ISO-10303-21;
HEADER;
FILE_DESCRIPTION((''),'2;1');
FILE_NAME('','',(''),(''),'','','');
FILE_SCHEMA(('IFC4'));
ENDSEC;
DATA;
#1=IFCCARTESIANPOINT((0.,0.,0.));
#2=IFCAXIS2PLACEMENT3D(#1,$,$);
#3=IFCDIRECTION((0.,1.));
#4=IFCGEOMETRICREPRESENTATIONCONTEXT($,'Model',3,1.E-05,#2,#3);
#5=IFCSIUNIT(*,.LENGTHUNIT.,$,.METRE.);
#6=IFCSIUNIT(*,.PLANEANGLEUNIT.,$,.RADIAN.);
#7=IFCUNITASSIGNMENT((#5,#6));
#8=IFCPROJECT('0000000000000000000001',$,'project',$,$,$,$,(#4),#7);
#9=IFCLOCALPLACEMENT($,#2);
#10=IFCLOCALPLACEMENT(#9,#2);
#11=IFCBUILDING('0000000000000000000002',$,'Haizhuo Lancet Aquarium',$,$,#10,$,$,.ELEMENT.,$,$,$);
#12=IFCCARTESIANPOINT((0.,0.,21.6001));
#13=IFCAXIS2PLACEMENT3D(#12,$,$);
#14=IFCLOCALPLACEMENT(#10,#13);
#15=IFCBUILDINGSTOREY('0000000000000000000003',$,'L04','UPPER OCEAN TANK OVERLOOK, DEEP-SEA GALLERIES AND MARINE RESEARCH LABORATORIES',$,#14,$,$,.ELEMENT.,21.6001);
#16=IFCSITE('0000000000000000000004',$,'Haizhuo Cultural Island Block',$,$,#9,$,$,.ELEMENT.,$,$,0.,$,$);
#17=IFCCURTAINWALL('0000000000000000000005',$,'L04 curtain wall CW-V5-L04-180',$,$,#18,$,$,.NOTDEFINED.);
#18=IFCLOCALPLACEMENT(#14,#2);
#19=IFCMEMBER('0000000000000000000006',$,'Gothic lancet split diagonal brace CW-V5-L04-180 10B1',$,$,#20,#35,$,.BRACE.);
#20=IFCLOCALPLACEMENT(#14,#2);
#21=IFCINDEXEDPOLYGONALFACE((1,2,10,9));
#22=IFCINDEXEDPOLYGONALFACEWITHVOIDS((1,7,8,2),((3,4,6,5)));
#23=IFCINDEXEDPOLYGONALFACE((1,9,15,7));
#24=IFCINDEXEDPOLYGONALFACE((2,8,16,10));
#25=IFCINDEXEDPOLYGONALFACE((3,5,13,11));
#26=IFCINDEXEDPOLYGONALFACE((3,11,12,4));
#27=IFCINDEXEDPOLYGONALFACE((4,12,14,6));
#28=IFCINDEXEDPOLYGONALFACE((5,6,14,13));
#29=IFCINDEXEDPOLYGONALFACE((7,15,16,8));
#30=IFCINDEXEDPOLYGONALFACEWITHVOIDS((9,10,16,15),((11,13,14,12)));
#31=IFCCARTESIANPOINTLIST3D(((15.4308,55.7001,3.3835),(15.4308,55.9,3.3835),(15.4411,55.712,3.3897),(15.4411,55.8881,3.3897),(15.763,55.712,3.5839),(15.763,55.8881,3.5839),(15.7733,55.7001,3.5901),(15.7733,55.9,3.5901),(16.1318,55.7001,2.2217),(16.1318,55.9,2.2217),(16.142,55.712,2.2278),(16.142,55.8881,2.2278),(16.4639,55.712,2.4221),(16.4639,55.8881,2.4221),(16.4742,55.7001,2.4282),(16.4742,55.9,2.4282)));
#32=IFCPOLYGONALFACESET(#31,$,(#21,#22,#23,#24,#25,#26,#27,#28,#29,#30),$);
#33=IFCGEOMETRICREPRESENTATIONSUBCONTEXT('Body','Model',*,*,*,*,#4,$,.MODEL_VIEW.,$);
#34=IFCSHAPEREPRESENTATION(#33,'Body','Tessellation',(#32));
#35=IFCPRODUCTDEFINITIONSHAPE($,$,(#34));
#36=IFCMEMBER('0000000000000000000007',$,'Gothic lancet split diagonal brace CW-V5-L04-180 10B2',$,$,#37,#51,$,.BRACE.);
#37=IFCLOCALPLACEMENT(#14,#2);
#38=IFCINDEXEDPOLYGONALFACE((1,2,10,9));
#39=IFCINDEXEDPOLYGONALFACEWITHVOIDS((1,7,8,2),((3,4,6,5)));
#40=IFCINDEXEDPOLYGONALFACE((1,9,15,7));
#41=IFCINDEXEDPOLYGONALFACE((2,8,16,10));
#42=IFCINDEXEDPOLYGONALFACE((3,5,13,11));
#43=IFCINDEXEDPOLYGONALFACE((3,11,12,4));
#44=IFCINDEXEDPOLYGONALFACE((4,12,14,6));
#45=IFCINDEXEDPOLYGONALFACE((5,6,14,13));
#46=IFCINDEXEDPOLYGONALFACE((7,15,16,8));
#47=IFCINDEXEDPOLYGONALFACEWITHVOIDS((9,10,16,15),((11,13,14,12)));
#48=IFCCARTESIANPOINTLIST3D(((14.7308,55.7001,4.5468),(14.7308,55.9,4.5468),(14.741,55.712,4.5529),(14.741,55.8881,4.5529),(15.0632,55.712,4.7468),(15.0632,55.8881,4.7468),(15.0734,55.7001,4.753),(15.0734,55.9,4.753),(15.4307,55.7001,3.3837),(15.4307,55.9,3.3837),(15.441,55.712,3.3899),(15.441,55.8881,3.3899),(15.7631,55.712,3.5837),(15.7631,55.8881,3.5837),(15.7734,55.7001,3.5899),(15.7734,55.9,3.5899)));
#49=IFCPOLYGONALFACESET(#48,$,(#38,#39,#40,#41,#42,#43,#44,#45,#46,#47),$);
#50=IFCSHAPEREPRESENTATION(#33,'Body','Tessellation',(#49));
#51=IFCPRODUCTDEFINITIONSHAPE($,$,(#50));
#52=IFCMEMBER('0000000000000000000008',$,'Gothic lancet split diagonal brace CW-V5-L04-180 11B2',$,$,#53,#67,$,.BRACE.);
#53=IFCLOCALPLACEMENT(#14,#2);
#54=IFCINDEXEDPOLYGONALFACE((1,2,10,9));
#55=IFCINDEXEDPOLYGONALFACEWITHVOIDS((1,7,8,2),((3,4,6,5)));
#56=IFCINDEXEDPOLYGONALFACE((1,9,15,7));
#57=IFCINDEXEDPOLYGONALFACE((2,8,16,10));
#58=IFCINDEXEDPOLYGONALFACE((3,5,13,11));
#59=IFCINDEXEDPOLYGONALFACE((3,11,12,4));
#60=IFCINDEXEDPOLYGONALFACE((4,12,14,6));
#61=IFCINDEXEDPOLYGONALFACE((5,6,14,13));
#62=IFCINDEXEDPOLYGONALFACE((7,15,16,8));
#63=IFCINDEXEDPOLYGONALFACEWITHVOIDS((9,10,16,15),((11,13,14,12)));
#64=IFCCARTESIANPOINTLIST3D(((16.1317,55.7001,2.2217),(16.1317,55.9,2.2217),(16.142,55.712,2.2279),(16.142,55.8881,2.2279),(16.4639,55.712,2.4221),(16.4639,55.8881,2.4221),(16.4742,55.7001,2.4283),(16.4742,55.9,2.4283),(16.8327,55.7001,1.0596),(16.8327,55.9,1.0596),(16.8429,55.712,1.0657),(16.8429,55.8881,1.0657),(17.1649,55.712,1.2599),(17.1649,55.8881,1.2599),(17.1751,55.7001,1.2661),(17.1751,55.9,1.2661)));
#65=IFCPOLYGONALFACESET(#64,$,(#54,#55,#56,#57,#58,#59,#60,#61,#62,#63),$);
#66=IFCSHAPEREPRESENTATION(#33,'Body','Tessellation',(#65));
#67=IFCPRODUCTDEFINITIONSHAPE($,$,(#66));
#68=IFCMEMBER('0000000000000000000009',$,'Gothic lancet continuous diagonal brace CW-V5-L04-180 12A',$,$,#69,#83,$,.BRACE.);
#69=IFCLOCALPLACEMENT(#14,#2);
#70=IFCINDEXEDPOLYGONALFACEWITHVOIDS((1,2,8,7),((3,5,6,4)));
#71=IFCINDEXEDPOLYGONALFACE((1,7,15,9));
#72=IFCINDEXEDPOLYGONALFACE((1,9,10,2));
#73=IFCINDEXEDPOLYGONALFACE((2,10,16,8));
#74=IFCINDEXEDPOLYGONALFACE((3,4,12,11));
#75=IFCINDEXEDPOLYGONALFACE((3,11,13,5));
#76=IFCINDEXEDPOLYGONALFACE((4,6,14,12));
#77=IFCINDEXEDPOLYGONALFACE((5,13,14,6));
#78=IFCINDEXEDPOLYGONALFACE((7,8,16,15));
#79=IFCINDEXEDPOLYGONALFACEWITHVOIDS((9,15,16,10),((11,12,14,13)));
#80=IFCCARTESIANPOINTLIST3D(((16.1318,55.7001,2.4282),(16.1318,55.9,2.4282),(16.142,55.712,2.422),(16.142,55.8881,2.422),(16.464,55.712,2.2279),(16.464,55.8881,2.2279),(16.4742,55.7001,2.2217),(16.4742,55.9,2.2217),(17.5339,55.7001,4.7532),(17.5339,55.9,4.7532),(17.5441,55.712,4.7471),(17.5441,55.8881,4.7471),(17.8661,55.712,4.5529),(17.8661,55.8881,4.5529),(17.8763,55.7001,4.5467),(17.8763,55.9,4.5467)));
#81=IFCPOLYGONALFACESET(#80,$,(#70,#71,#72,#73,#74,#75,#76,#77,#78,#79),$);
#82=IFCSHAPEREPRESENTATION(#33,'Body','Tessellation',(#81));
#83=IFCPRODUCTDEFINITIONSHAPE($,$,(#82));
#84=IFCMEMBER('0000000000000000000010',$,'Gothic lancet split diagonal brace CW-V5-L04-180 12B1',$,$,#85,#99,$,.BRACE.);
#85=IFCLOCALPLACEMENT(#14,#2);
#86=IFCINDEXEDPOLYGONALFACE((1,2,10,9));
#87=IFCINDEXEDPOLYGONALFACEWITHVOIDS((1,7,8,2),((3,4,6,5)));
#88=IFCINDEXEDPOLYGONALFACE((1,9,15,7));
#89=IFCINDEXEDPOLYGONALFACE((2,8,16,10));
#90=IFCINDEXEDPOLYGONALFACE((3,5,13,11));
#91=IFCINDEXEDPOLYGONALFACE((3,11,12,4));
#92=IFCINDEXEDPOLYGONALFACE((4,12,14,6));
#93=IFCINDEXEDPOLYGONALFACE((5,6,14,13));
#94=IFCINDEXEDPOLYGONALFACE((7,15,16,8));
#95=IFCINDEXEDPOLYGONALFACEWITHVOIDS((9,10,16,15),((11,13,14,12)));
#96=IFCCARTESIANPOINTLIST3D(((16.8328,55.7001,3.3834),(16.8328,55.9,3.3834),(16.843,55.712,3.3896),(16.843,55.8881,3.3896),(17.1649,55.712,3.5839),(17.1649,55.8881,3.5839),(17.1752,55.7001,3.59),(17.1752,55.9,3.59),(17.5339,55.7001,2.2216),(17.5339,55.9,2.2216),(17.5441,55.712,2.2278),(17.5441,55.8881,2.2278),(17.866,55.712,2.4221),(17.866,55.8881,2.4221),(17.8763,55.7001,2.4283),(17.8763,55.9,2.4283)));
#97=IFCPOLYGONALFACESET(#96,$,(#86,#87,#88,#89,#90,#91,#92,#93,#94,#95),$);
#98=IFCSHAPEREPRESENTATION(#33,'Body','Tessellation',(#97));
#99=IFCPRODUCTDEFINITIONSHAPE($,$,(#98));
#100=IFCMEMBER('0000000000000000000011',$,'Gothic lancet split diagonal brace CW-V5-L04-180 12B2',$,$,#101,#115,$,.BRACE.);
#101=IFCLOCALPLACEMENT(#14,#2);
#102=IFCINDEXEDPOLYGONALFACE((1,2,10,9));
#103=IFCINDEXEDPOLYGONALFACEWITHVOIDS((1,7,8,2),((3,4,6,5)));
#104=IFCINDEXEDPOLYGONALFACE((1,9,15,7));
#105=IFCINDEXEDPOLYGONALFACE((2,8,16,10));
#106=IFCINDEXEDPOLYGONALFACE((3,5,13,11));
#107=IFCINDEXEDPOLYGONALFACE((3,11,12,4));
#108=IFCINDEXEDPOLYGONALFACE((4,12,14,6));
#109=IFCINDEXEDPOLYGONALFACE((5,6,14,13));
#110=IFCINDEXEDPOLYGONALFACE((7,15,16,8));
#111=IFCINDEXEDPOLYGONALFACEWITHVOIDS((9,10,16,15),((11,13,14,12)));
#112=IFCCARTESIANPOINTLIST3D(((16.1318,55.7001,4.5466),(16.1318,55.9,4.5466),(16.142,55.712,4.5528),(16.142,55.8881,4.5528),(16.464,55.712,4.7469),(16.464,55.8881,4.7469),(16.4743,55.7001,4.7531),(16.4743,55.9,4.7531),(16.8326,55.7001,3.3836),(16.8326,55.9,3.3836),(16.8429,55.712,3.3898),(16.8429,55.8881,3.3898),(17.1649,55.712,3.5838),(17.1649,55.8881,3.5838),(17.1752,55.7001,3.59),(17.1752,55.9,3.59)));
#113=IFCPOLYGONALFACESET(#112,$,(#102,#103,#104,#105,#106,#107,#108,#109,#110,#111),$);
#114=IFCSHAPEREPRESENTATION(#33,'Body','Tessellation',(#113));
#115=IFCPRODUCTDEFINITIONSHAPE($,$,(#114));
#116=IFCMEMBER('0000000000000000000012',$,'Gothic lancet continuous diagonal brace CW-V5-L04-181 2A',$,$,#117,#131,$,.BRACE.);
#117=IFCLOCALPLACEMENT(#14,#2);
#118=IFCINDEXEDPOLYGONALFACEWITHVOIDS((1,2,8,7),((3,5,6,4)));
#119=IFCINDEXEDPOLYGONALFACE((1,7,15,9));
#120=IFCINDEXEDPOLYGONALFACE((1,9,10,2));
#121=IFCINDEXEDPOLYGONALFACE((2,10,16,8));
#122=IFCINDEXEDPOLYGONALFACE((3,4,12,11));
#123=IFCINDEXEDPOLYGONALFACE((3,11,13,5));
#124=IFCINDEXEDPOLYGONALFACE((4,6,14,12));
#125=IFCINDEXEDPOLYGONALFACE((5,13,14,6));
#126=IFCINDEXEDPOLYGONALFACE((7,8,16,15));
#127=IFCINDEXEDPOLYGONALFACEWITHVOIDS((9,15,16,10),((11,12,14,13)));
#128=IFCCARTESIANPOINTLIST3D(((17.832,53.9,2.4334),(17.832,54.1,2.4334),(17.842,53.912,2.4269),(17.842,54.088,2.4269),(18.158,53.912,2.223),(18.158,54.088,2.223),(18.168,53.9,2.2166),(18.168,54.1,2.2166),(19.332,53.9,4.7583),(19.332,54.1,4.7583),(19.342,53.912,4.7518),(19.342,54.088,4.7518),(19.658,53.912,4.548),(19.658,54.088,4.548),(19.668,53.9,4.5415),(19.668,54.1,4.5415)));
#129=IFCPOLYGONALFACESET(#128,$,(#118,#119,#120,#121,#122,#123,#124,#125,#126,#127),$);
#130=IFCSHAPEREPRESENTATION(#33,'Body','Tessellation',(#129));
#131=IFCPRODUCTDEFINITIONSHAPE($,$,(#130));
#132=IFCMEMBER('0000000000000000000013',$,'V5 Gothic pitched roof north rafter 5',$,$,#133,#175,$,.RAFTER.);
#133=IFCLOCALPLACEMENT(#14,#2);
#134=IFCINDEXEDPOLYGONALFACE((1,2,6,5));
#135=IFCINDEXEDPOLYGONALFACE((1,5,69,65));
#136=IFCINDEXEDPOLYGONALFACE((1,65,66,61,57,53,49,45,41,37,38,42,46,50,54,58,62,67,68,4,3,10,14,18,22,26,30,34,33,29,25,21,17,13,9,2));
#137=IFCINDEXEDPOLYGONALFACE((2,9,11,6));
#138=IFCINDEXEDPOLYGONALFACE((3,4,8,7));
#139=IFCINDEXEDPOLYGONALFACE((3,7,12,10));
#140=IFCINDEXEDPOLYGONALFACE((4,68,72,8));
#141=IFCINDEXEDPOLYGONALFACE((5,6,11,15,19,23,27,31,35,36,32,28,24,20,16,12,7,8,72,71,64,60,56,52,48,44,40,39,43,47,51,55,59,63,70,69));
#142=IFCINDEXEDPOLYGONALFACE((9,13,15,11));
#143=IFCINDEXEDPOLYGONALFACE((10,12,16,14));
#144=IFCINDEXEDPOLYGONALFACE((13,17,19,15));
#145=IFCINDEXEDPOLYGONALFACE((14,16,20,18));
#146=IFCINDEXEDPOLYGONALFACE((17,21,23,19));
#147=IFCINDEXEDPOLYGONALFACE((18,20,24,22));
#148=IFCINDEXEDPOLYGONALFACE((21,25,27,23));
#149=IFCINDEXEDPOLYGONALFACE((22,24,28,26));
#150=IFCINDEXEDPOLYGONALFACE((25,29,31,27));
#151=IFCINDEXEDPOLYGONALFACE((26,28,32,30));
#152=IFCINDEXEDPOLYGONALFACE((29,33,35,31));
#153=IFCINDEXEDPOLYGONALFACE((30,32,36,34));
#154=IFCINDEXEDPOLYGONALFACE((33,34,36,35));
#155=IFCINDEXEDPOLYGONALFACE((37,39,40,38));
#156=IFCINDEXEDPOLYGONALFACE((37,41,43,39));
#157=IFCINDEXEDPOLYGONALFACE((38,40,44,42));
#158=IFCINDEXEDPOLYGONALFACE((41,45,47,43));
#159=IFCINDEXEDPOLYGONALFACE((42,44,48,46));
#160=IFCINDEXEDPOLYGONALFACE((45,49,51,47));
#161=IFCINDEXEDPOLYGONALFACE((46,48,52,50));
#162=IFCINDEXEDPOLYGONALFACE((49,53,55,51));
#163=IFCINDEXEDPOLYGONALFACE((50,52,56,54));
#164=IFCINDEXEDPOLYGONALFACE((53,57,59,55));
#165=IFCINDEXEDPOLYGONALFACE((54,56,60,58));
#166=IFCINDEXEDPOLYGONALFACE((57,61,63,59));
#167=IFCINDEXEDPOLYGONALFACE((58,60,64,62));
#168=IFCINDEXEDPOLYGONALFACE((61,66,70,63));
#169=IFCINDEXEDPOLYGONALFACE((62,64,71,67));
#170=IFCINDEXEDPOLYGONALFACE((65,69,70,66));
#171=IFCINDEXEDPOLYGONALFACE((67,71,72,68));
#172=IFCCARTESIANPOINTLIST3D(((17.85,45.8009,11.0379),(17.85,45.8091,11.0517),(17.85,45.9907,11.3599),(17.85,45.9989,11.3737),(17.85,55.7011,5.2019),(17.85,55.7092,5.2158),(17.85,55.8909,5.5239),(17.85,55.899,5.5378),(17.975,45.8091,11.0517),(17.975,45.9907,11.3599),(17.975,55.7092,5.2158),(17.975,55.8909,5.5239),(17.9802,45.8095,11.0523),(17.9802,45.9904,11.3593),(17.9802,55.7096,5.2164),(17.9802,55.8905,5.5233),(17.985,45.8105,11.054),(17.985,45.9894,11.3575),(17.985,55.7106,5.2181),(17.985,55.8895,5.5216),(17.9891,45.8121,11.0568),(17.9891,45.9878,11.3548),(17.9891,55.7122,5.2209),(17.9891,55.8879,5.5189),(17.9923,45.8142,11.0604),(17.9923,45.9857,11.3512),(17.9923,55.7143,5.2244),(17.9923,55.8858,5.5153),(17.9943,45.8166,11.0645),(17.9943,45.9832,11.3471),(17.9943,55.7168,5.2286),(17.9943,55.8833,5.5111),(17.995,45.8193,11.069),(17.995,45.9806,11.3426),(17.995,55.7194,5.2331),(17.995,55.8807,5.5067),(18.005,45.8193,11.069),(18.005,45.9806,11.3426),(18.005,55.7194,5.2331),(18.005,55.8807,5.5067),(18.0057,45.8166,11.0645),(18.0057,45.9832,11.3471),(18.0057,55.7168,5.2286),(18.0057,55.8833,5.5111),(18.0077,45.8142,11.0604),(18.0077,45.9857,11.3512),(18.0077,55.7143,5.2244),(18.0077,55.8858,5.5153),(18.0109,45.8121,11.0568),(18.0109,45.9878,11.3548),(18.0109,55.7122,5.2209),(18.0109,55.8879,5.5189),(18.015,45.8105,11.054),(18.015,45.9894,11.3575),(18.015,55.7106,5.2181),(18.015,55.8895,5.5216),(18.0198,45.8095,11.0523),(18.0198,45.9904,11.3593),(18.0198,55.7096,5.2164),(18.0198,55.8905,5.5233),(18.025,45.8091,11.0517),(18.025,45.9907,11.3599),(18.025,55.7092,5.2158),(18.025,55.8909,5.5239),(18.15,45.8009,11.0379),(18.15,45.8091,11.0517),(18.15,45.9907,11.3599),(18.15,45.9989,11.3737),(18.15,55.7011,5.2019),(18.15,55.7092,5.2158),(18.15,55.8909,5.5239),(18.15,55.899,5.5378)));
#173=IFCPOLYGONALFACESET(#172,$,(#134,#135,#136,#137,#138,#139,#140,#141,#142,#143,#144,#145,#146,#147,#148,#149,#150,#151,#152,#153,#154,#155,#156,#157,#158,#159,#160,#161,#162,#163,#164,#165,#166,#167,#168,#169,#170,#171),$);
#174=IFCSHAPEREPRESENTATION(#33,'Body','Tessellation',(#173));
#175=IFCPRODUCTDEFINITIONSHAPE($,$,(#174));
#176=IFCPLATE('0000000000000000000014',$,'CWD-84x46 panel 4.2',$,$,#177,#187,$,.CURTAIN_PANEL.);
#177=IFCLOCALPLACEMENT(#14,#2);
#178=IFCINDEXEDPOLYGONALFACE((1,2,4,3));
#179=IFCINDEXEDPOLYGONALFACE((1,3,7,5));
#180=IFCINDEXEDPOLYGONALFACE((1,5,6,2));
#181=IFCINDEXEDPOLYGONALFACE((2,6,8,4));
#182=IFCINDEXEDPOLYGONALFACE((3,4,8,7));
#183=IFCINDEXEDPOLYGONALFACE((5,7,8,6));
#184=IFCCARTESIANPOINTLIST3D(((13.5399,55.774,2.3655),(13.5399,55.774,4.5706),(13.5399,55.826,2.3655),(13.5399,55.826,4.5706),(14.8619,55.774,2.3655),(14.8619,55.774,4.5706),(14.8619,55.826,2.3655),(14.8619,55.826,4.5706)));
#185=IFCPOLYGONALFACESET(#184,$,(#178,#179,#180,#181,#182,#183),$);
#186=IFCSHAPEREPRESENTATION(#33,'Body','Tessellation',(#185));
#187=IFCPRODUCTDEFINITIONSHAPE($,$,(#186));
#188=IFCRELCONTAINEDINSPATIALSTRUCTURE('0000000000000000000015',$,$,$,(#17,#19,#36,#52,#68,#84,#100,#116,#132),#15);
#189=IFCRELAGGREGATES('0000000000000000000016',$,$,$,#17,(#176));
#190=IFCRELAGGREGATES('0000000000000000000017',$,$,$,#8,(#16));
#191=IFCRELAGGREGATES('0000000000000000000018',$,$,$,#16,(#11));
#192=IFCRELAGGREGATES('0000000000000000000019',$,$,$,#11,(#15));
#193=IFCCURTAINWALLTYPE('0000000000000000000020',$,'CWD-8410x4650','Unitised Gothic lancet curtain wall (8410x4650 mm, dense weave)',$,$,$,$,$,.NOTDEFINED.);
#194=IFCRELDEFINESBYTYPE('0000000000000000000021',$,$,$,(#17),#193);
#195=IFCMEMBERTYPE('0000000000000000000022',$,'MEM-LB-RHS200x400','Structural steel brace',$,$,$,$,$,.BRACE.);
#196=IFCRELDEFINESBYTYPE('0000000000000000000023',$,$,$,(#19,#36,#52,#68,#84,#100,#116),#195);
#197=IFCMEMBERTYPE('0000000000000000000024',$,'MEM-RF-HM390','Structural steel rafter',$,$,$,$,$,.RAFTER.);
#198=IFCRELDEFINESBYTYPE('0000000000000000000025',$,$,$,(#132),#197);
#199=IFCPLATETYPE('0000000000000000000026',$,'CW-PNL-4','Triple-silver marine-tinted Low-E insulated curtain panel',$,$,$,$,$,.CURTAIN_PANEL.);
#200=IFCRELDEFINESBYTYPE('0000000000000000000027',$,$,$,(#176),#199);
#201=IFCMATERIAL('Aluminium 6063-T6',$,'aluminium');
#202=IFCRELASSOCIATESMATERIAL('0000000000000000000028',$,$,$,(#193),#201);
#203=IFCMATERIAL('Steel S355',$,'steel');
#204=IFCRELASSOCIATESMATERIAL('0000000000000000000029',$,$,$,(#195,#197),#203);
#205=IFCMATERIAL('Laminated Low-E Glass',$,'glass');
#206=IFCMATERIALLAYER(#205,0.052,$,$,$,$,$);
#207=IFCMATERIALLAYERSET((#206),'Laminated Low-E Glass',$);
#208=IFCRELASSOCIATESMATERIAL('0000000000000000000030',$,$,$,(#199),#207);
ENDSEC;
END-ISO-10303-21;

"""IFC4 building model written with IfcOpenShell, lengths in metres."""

from ifc_helpers import new_model, si_unit, direction, frame, origin, origin_2d, place, context, subcontext, project, spatial, rectangle, hollow_rectangle, i_section, extrude, material, layer, layer_set, material_profile, profile_set, type_object, element, aggregate, save


model = new_model("IFC4")

# Units and contexts
model_context = context("Model", 3, precision=1e-05, world=origin(), true_north=direction((0.0, 1.0)))
body_context = subcontext(model_context, "Body", "Model", "MODEL_VIEW")
ifc_project = project(units=[si_unit("LENGTHUNIT", "METRE"), si_unit("PLANEANGLEUNIT", "RADIAN")], contexts=[model_context])

# Site, building, storey
site_placement = place(None, origin())
site = spatial("IfcSite", under=ifc_project, at=site_placement, Name="Haizhuo Cultural Island Block", CompositionType="ELEMENT", RefElevation=0.0)
building_placement = place(site_placement, origin())
building = spatial("IfcBuilding", under=site, at=building_placement, Name="Haizhuo Lancet Aquarium", CompositionType="ELEMENT")
storey_placement = place(building_placement, frame((0.0, 0.0, 21.6001)))
storey = spatial("IfcBuildingStorey", under=building, at=storey_placement, Name="L04", Description="UPPER OCEAN TANK OVERLOOK, DEEP-SEA GALLERIES AND MARINE RESEARCH LABORATORIES", CompositionType="ELEMENT", Elevation=21.6001)

# Curtain wall
ifc_material_1 = material(Name="Aluminium 6063-T6", Category="aluminium")
curtain_wall_type = type_object("IfcCurtainWallType", Name="CWD-8410x4650", Description="Unitised Gothic lancet curtain wall (8410x4650 mm, dense weave)", PredefinedType="NOTDEFINED", material=ifc_material_1)
curtain_wall_placement = place(storey_placement, origin())
curtain_wall = element("IfcCurtainWall", 1, at=curtain_wall_placement, inside=storey, type_object=curtain_wall_type, Name="L04 curtain wall CW-V5-L04-180", PredefinedType="NOTDEFINED")

# Members
ifc_material_2 = material(Name="Steel S355", Category="steel")
ifc_material_profile_1 = material_profile(ifc_material_2, hollow_rectangle(XDim=0.2, YDim=0.3999, WallThickness=0.012, at=origin_2d()), Name="RHS 200x400x12")
ifc_profile_set_1 = profile_set([ifc_material_profile_1], Name="Steel S355")
member_type_1 = type_object("IfcMemberType", Name="MEM-LB-RHS200x400", Description="Structural steel brace", PredefinedType="BRACE", material=ifc_profile_set_1)
member_1_placement = place(storey_placement, frame((16.303, 55.8, 2.325), z_axis=(-0.516558, 0.0, 0.856252), x_axis=(0.0, -1.0, 0.0)))
element("IfcMember", 2, at=member_1_placement, inside=storey, type_object=member_type_1, Name="Gothic lancet split diagonal brace CW-V5-L04-180 10B1", PredefinedType="BRACE", context=body_context, shape_type="SweptSolid", body=[
    extrude(hollow_rectangle(XDim=0.2, YDim=0.3999, WallThickness=0.012, at=origin_2d()), origin(), (0.0, 0.0, 1.0), 1.3569),
])
member_2_placement = place(storey_placement, frame((15.6021, 55.8, 3.4868), z_axis=(-0.515633, 0.0, 0.85681), x_axis=(0.0, -1.0, 0.0)))
element("IfcMember", 3, at=member_2_placement, inside=storey, type_object=member_type_1, Name="Gothic lancet split diagonal brace CW-V5-L04-180 10B2", PredefinedType="BRACE", context=body_context, shape_type="SweptSolid", body=[
    extrude(hollow_rectangle(XDim=0.2, YDim=0.3999, WallThickness=0.012, at=origin_2d()), origin(), (0.0, 0.0, 1.0), 1.3574),
])
member_3_placement = place(storey_placement, frame((17.0039, 55.8, 1.1628), z_axis=(-0.516479, 0.0, 0.8563), x_axis=(0.0, -1.0, 0.0)))
element("IfcMember", 4, at=member_3_placement, inside=storey, type_object=member_type_1, Name="Gothic lancet split diagonal brace CW-V5-L04-180 11B2", PredefinedType="BRACE", context=body_context, shape_type="SweptSolid", body=[
    extrude(hollow_rectangle(XDim=0.2, YDim=0.3999, WallThickness=0.012, at=origin_2d()), origin(), (0.0, 0.0, 1.0), 1.3572),
])
member_4_placement = place(storey_placement, frame((16.303, 55.8, 2.325), z_axis=(0.516425, 0.0, 0.856332), x_axis=(0.0, 1.0, 0.0)))
element("IfcMember", 5, at=member_4_placement, inside=storey, type_object=member_type_1, Name="Gothic lancet continuous diagonal brace CW-V5-L04-180 12A", PredefinedType="BRACE", context=body_context, shape_type="SweptSolid", body=[
    extrude(hollow_rectangle(XDim=0.2, YDim=0.3999, WallThickness=0.012, at=origin_2d()), origin(), (0.0, 0.0, 1.0), 2.7151),
])
member_5_placement = place(storey_placement, frame((17.7051, 55.8, 2.325), z_axis=(-0.51669, 0.0, 0.856173), x_axis=(0.0, -1.0, 0.0)))
element("IfcMember", 6, at=member_5_placement, inside=storey, type_object=member_type_1, Name="Gothic lancet split diagonal brace CW-V5-L04-180 12B1", PredefinedType="BRACE", context=body_context, shape_type="SweptSolid", body=[
    extrude(hollow_rectangle(XDim=0.2, YDim=0.3999, WallThickness=0.012, at=origin_2d()), origin(), (0.0, 0.0, 1.0), 1.3569),
])
member_6_placement = place(storey_placement, frame((17.0039, 55.8, 3.4868), z_axis=(-0.51616, 0.0, 0.856492), x_axis=(0.0, -1.0, 0.0)))
element("IfcMember", 7, at=member_6_placement, inside=storey, type_object=member_type_1, Name="Gothic lancet split diagonal brace CW-V5-L04-180 12B2", PredefinedType="BRACE", context=body_context, shape_type="SweptSolid", body=[
    extrude(hollow_rectangle(XDim=0.2, YDim=0.3999, WallThickness=0.012, at=origin_2d()), origin(), (0.0, 0.0, 1.0), 1.3579),
])
member_7_placement = place(storey_placement, frame((18.0, 54.0, 2.325), z_axis=(0.542135, 0.0, 0.840291), x_axis=(0.0, 1.0, 0.0)))
element("IfcMember", 8, at=member_7_placement, inside=storey, type_object=member_type_1, Name="Gothic lancet continuous diagonal brace CW-V5-L04-181 2A", PredefinedType="BRACE", context=body_context, shape_type="SweptSolid", body=[
    extrude(hollow_rectangle(XDim=0.2, YDim=0.3999, WallThickness=0.012, at=origin_2d()), origin(), (0.0, 0.0, 1.0), 2.7668),
])
ifc_material_profile_2 = material_profile(ifc_material_2, i_section(OverallWidth=0.3, OverallDepth=0.3899, WebThickness=0.01, FlangeThickness=0.0161, FilletRadius=0.02, at=origin_2d()), Name="HM 390x300x10x16")
ifc_profile_set_2 = profile_set([ifc_material_profile_2], Name="Steel S355")
member_type_2 = type_object("IfcMemberType", Name="MEM-RF-HM390", Description="Structural steel rafter", PredefinedType="RAFTER", material=ifc_profile_set_2)
member_8_placement = place(storey_placement, frame((18.0, 55.8, 5.3699), z_axis=(0.0, -0.861465, 0.507816), x_axis=(1.0, 0.0, 0.0)))
element("IfcMember", 9, at=member_8_placement, inside=storey, type_object=member_type_2, Name="V5 Gothic pitched roof north rafter 5", PredefinedType="RAFTER", context=body_context, shape_type="SweptSolid", body=[
    extrude(i_section(OverallWidth=0.3, OverallDepth=0.3899, WebThickness=0.01, FlangeThickness=0.0161, FilletRadius=0.02, at=origin_2d()), origin(), (0.0, 0.0, 1.0), 11.4922),
])

# Plate
ifc_material_3 = material(Name="Laminated Low-E Glass", Category="glass")
ifc_layer = layer(ifc_material_3, 0.052)
ifc_layer_set = layer_set([ifc_layer], Name="Laminated Low-E Glass")
plate_type = type_object("IfcPlateType", Name="CW-PNL-4", Description="Triple-silver marine-tinted Low-E insulated curtain panel", PredefinedType="CURTAIN_PANEL", material=ifc_layer_set)
plate_1_placement = place(storey_placement, frame((14.2009, 55.8, 2.3655), z_axis=(0.0, 0.0, 1.0), x_axis=(1.0, 0.0, 0.0)))
plate_1 = element("IfcPlate", 10, at=plate_1_placement, type_object=plate_type, Name="CWD-84x46 panel 4.2", PredefinedType="CURTAIN_PANEL", context=body_context, shape_type="SweptSolid", body=[
    extrude(rectangle(XDim=1.322, YDim=0.052, at=origin_2d()), origin(), (0.0, 0.0, 1.0), 2.2051),
])
aggregate(curtain_wall, [plate_1])

save(model, "model.ifc")
